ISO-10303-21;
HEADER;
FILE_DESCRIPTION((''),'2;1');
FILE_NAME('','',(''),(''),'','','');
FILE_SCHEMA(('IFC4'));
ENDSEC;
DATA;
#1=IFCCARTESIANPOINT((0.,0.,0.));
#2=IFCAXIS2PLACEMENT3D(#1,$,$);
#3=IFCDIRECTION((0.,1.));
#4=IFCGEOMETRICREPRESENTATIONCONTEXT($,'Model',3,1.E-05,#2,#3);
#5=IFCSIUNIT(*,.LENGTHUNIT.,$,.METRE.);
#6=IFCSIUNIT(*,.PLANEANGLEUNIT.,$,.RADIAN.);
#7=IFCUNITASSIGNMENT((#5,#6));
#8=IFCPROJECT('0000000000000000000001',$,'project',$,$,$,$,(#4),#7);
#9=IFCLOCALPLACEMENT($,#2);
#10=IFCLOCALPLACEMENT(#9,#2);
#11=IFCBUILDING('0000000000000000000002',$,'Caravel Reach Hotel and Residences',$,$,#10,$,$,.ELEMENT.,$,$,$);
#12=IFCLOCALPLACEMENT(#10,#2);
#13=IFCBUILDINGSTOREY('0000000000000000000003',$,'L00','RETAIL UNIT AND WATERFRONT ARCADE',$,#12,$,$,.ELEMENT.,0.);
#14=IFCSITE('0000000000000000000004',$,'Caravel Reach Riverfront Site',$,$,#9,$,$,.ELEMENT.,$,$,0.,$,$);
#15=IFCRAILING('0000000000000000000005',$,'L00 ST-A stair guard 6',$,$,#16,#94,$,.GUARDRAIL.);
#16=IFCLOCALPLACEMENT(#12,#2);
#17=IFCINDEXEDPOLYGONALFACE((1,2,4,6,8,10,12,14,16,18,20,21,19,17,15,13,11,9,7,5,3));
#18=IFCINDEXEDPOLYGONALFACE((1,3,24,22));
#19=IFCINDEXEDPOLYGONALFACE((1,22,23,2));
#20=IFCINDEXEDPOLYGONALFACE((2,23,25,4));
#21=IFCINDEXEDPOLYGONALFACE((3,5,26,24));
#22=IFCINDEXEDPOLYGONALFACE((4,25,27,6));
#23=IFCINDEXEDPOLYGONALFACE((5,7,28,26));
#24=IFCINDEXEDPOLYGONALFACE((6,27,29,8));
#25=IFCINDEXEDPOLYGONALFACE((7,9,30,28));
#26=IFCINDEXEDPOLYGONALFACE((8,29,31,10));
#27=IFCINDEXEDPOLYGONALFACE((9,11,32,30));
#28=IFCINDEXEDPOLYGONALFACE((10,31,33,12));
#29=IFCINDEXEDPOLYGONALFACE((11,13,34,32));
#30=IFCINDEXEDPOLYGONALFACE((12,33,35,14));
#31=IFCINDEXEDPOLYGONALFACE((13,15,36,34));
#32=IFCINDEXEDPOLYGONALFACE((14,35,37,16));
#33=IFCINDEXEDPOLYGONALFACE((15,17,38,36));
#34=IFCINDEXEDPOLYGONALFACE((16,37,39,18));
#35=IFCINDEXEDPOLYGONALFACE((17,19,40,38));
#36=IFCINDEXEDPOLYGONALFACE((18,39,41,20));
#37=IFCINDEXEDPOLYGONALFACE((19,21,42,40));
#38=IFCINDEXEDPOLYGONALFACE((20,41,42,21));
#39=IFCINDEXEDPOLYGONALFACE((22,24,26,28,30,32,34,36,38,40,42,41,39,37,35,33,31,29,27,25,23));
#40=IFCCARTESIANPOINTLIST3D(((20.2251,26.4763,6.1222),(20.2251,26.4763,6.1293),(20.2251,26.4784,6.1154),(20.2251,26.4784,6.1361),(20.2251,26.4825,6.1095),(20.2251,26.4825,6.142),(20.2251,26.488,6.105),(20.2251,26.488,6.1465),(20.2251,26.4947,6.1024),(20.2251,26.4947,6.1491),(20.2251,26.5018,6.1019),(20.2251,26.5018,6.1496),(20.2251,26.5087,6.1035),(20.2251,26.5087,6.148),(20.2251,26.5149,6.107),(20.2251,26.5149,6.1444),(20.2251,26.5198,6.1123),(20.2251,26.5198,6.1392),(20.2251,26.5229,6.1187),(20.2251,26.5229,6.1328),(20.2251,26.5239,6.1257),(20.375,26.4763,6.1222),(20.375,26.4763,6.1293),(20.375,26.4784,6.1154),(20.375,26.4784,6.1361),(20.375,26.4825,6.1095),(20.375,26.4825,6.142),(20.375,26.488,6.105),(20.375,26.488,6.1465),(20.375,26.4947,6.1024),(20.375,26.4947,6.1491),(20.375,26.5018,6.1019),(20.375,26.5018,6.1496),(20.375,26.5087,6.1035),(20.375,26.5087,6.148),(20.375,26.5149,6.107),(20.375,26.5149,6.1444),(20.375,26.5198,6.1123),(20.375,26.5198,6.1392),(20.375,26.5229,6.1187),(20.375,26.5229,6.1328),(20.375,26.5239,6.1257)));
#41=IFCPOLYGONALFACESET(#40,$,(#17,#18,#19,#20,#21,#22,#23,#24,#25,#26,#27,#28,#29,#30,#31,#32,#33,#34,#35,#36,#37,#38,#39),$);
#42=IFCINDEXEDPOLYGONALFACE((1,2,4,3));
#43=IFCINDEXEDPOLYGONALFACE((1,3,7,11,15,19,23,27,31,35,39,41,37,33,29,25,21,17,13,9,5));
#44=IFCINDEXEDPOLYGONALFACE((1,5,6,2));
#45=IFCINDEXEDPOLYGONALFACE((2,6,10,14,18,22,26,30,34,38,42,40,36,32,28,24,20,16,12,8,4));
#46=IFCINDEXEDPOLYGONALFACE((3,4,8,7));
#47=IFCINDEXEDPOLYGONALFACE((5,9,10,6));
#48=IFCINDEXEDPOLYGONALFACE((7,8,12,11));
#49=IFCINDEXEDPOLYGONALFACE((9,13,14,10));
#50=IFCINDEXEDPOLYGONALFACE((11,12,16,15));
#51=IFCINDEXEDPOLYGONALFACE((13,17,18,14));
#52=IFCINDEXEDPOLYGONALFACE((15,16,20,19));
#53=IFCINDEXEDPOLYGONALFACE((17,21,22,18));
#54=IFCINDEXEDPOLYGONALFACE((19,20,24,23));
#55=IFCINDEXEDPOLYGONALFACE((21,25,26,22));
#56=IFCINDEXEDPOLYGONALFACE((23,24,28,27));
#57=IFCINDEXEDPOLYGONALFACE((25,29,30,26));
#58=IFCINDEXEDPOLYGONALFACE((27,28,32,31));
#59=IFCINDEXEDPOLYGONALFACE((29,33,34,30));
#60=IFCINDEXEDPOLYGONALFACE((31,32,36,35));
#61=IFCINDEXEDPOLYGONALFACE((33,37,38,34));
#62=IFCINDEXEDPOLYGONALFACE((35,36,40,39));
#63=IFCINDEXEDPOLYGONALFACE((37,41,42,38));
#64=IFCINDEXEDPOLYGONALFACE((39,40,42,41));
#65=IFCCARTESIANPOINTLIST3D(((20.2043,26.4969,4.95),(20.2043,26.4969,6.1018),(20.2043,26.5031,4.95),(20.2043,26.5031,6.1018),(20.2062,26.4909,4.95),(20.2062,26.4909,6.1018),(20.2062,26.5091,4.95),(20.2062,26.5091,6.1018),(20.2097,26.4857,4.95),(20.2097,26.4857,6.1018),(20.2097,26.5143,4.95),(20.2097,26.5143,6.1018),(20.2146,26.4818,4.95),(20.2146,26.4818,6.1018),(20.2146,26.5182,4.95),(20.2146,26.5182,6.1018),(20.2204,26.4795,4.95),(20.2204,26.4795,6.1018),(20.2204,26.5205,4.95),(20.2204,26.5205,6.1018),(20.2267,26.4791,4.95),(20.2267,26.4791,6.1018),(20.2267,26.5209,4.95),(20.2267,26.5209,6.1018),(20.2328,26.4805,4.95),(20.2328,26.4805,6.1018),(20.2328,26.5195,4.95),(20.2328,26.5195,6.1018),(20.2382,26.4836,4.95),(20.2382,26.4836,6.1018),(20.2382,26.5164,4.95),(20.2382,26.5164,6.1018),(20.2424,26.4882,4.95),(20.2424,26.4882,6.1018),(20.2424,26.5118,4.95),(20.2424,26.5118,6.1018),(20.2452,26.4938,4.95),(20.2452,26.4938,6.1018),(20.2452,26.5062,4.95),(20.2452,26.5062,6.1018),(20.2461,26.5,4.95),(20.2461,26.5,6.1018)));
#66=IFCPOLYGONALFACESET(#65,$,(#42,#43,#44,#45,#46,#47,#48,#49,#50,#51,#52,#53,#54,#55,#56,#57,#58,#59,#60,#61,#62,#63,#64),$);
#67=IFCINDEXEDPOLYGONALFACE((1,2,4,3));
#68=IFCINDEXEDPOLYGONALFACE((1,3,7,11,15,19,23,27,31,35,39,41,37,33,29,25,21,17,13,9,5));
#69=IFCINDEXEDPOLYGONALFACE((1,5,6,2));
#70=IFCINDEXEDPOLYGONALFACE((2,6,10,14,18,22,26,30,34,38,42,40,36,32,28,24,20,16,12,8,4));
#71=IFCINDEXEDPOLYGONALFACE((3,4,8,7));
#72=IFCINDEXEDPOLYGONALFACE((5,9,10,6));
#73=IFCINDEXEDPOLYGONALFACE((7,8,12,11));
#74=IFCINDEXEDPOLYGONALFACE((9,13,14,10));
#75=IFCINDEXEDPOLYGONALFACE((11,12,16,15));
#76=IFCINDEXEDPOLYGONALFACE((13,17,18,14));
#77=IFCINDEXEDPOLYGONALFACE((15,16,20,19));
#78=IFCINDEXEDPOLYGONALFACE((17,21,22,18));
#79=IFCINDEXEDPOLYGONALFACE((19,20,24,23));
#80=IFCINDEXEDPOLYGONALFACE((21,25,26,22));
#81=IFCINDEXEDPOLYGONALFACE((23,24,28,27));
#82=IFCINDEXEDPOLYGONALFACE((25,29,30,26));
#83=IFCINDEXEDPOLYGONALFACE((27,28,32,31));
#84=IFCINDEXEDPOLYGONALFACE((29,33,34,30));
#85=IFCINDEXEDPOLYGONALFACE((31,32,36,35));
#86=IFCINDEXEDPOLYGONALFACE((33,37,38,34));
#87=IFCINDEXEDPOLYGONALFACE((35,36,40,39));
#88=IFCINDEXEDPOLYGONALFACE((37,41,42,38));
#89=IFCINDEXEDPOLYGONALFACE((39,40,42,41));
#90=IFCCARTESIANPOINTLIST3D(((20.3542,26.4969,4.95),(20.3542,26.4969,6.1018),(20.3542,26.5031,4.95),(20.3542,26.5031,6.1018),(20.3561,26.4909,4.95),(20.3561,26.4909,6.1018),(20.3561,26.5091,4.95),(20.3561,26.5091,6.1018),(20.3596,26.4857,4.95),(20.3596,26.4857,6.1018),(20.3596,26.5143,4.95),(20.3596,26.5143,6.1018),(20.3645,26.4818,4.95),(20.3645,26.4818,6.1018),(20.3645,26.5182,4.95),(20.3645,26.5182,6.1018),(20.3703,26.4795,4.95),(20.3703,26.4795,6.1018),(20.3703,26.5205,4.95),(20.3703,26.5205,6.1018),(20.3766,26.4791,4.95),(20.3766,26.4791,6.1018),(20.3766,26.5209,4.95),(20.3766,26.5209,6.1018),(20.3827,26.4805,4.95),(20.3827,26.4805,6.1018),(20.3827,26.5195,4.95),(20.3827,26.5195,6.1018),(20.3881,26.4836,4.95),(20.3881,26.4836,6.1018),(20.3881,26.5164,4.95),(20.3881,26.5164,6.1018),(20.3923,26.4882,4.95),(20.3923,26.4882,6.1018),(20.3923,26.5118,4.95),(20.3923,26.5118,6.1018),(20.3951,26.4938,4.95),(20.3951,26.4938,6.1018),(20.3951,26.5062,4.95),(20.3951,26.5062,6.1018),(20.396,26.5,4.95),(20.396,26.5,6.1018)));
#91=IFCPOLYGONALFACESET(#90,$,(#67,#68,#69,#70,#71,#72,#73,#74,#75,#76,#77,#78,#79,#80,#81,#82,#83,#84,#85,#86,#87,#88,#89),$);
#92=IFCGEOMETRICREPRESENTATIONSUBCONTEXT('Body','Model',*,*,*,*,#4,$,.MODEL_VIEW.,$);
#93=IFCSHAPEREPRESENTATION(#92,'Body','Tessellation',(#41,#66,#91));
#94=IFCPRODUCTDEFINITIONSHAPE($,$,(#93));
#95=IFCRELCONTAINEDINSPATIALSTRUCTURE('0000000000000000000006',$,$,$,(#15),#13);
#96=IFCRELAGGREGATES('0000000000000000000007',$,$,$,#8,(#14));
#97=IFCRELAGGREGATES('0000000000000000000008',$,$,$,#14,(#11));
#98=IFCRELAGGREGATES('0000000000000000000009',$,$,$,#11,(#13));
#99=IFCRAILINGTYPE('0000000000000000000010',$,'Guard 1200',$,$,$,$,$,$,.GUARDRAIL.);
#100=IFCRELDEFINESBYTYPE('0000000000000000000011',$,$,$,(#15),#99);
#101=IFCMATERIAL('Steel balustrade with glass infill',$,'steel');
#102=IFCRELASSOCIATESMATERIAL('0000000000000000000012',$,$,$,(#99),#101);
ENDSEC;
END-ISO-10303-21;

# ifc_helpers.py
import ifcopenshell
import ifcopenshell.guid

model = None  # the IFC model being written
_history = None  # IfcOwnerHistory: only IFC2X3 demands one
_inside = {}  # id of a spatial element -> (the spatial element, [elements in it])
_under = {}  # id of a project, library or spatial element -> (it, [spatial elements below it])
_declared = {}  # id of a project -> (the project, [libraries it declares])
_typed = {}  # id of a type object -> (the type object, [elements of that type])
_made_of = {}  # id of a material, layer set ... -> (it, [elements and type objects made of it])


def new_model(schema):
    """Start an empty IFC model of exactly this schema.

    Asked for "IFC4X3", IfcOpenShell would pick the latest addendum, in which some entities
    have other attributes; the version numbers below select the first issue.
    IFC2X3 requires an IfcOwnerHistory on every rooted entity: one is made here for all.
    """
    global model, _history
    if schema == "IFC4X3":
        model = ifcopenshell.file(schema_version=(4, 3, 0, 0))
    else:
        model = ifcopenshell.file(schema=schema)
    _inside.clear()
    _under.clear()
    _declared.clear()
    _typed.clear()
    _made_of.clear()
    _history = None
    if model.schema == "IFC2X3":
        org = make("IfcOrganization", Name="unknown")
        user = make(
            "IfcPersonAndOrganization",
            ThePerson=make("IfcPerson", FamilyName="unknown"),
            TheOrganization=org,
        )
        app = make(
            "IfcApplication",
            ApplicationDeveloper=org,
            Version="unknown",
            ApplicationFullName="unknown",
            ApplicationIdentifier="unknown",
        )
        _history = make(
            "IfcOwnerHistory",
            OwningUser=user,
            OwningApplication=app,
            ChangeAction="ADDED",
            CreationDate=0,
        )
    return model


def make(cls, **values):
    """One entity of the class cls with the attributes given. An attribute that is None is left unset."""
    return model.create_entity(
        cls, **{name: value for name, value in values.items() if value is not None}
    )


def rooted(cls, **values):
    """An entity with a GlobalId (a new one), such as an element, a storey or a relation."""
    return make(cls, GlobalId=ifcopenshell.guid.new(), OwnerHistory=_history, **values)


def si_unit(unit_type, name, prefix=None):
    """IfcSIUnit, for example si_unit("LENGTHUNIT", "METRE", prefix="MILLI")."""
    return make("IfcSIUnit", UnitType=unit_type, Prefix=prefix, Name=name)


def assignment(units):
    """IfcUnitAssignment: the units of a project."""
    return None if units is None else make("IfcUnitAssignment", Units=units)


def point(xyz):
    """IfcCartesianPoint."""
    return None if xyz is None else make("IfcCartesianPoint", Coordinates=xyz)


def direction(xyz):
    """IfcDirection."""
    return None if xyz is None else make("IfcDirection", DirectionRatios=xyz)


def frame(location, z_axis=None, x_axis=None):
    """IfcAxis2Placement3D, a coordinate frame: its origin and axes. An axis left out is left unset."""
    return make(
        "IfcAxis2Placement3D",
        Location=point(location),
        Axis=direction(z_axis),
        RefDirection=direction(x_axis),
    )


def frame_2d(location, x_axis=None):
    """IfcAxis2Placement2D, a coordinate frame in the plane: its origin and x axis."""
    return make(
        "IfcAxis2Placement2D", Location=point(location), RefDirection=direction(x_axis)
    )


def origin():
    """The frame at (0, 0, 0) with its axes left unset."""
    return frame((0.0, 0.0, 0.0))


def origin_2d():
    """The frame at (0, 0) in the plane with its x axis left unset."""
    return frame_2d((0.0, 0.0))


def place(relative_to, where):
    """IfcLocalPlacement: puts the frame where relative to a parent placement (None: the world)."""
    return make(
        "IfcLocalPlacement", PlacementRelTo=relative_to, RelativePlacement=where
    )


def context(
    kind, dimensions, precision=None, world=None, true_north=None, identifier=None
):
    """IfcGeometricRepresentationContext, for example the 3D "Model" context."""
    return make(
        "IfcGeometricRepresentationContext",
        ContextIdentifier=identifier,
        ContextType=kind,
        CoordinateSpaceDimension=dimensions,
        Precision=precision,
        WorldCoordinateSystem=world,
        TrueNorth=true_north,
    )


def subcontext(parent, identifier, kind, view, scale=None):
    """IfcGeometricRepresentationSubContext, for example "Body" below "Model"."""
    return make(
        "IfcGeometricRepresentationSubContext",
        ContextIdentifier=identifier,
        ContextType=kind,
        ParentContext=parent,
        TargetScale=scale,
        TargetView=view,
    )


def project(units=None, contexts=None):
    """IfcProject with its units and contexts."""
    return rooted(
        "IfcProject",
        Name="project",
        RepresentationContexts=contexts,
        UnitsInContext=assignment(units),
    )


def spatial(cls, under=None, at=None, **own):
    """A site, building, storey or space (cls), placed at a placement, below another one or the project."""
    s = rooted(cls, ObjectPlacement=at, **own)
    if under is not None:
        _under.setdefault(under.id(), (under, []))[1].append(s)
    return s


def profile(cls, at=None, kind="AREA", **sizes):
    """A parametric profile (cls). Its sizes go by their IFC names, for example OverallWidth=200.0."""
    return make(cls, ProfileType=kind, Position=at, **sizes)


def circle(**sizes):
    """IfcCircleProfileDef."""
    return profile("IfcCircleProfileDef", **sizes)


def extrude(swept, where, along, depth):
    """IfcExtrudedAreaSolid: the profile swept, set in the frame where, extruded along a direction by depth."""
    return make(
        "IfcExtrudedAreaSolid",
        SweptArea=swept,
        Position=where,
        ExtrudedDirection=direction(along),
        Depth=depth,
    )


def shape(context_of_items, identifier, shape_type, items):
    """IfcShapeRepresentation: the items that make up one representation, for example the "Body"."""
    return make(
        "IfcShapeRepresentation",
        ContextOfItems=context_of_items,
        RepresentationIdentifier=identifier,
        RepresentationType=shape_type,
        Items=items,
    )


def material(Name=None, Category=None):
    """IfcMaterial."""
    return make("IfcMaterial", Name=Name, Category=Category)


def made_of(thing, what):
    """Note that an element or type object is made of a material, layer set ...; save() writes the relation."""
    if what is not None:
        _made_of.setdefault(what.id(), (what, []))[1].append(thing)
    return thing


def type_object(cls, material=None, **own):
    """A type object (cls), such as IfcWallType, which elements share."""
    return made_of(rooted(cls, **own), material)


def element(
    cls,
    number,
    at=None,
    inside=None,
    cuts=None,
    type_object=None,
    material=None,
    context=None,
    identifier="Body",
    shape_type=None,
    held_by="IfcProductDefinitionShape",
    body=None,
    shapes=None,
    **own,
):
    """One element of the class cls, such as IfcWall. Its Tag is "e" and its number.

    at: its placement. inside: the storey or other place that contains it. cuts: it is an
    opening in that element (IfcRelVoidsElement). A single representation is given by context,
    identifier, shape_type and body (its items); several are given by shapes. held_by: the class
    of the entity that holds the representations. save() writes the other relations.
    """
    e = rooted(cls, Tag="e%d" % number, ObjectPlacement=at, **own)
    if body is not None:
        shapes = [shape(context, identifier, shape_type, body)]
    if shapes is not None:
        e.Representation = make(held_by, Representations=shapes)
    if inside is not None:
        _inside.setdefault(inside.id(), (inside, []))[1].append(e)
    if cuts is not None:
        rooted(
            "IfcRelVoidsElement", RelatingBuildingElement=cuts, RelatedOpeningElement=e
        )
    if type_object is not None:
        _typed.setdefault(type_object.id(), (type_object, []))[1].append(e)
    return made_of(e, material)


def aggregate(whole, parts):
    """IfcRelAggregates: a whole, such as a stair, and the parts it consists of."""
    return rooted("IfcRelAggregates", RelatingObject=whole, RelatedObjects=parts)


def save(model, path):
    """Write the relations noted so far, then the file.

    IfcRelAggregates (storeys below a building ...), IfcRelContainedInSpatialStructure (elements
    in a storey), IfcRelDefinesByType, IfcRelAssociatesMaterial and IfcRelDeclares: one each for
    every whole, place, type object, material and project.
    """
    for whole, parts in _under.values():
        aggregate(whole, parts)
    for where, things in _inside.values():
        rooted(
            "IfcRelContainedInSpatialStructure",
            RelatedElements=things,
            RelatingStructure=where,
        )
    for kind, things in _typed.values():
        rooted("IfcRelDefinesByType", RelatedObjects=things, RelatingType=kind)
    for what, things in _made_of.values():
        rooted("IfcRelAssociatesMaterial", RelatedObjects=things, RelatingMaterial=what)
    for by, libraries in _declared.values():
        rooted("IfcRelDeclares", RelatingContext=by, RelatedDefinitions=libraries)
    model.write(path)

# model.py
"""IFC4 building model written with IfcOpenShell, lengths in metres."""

from ifc_helpers import new_model, si_unit, direction, frame, origin, origin_2d, place, context, subcontext, project, spatial, circle, extrude, material, type_object, element, save


model = new_model("IFC4")

# Units and contexts
model_context = context("Model", 3, precision=1e-05, world=origin(), true_north=direction((0.0, 1.0)))
body_context = subcontext(model_context, "Body", "Model", "MODEL_VIEW")
ifc_project = project(units=[si_unit("LENGTHUNIT", "METRE"), si_unit("PLANEANGLEUNIT", "RADIAN")], contexts=[model_context])

# Site, building, storey
site_placement = place(None, origin())
site = spatial("IfcSite", under=ifc_project, at=site_placement, Name="Caravel Reach Riverfront Site", CompositionType="ELEMENT", RefElevation=0.0)
building_placement = place(site_placement, origin())
building = spatial("IfcBuilding", under=site, at=building_placement, Name="Caravel Reach Hotel and Residences", CompositionType="ELEMENT")
storey_placement = place(building_placement, origin())
storey = spatial("IfcBuildingStorey", under=building, at=storey_placement, Name="L00", Description="RETAIL UNIT AND WATERFRONT ARCADE", CompositionType="ELEMENT", Elevation=0.0)

# Railing
ifc_material_1 = material(Name="Steel balustrade with glass infill", Category="steel")
railing_type_1 = type_object("IfcRailingType", Name="Guard 1200", PredefinedType="GUARDRAIL", material=ifc_material_1)
railing_1_placement = place(storey_placement, frame((20.2251, 26.5, 4.95)))
element("IfcRailing", 1, at=railing_1_placement, inside=storey, type_object=railing_type_1, Name="L00 ST-A stair guard 6", PredefinedType="GUARDRAIL", context=body_context, shape_type="SweptSolid", body=[
    extrude(circle(Radius=0.0239, at=origin_2d()), frame((0.0, 0.0, 1.1758), z_axis=(1.0, 0.0, 0.0), x_axis=(0.0, 1.0, 0.0)), (0.0, 0.0, 1.0), 0.1499),
    extrude(circle(Radius=0.021, at=origin_2d()), origin(), (0.0, 0.0, 1.0), 1.1519),
    extrude(circle(Radius=0.021, at=origin_2d()), frame((0.1499, 0.0, 0.0)), (0.0, 0.0, 1.0), 1.1519),
])

save(model, "model.ifc")
